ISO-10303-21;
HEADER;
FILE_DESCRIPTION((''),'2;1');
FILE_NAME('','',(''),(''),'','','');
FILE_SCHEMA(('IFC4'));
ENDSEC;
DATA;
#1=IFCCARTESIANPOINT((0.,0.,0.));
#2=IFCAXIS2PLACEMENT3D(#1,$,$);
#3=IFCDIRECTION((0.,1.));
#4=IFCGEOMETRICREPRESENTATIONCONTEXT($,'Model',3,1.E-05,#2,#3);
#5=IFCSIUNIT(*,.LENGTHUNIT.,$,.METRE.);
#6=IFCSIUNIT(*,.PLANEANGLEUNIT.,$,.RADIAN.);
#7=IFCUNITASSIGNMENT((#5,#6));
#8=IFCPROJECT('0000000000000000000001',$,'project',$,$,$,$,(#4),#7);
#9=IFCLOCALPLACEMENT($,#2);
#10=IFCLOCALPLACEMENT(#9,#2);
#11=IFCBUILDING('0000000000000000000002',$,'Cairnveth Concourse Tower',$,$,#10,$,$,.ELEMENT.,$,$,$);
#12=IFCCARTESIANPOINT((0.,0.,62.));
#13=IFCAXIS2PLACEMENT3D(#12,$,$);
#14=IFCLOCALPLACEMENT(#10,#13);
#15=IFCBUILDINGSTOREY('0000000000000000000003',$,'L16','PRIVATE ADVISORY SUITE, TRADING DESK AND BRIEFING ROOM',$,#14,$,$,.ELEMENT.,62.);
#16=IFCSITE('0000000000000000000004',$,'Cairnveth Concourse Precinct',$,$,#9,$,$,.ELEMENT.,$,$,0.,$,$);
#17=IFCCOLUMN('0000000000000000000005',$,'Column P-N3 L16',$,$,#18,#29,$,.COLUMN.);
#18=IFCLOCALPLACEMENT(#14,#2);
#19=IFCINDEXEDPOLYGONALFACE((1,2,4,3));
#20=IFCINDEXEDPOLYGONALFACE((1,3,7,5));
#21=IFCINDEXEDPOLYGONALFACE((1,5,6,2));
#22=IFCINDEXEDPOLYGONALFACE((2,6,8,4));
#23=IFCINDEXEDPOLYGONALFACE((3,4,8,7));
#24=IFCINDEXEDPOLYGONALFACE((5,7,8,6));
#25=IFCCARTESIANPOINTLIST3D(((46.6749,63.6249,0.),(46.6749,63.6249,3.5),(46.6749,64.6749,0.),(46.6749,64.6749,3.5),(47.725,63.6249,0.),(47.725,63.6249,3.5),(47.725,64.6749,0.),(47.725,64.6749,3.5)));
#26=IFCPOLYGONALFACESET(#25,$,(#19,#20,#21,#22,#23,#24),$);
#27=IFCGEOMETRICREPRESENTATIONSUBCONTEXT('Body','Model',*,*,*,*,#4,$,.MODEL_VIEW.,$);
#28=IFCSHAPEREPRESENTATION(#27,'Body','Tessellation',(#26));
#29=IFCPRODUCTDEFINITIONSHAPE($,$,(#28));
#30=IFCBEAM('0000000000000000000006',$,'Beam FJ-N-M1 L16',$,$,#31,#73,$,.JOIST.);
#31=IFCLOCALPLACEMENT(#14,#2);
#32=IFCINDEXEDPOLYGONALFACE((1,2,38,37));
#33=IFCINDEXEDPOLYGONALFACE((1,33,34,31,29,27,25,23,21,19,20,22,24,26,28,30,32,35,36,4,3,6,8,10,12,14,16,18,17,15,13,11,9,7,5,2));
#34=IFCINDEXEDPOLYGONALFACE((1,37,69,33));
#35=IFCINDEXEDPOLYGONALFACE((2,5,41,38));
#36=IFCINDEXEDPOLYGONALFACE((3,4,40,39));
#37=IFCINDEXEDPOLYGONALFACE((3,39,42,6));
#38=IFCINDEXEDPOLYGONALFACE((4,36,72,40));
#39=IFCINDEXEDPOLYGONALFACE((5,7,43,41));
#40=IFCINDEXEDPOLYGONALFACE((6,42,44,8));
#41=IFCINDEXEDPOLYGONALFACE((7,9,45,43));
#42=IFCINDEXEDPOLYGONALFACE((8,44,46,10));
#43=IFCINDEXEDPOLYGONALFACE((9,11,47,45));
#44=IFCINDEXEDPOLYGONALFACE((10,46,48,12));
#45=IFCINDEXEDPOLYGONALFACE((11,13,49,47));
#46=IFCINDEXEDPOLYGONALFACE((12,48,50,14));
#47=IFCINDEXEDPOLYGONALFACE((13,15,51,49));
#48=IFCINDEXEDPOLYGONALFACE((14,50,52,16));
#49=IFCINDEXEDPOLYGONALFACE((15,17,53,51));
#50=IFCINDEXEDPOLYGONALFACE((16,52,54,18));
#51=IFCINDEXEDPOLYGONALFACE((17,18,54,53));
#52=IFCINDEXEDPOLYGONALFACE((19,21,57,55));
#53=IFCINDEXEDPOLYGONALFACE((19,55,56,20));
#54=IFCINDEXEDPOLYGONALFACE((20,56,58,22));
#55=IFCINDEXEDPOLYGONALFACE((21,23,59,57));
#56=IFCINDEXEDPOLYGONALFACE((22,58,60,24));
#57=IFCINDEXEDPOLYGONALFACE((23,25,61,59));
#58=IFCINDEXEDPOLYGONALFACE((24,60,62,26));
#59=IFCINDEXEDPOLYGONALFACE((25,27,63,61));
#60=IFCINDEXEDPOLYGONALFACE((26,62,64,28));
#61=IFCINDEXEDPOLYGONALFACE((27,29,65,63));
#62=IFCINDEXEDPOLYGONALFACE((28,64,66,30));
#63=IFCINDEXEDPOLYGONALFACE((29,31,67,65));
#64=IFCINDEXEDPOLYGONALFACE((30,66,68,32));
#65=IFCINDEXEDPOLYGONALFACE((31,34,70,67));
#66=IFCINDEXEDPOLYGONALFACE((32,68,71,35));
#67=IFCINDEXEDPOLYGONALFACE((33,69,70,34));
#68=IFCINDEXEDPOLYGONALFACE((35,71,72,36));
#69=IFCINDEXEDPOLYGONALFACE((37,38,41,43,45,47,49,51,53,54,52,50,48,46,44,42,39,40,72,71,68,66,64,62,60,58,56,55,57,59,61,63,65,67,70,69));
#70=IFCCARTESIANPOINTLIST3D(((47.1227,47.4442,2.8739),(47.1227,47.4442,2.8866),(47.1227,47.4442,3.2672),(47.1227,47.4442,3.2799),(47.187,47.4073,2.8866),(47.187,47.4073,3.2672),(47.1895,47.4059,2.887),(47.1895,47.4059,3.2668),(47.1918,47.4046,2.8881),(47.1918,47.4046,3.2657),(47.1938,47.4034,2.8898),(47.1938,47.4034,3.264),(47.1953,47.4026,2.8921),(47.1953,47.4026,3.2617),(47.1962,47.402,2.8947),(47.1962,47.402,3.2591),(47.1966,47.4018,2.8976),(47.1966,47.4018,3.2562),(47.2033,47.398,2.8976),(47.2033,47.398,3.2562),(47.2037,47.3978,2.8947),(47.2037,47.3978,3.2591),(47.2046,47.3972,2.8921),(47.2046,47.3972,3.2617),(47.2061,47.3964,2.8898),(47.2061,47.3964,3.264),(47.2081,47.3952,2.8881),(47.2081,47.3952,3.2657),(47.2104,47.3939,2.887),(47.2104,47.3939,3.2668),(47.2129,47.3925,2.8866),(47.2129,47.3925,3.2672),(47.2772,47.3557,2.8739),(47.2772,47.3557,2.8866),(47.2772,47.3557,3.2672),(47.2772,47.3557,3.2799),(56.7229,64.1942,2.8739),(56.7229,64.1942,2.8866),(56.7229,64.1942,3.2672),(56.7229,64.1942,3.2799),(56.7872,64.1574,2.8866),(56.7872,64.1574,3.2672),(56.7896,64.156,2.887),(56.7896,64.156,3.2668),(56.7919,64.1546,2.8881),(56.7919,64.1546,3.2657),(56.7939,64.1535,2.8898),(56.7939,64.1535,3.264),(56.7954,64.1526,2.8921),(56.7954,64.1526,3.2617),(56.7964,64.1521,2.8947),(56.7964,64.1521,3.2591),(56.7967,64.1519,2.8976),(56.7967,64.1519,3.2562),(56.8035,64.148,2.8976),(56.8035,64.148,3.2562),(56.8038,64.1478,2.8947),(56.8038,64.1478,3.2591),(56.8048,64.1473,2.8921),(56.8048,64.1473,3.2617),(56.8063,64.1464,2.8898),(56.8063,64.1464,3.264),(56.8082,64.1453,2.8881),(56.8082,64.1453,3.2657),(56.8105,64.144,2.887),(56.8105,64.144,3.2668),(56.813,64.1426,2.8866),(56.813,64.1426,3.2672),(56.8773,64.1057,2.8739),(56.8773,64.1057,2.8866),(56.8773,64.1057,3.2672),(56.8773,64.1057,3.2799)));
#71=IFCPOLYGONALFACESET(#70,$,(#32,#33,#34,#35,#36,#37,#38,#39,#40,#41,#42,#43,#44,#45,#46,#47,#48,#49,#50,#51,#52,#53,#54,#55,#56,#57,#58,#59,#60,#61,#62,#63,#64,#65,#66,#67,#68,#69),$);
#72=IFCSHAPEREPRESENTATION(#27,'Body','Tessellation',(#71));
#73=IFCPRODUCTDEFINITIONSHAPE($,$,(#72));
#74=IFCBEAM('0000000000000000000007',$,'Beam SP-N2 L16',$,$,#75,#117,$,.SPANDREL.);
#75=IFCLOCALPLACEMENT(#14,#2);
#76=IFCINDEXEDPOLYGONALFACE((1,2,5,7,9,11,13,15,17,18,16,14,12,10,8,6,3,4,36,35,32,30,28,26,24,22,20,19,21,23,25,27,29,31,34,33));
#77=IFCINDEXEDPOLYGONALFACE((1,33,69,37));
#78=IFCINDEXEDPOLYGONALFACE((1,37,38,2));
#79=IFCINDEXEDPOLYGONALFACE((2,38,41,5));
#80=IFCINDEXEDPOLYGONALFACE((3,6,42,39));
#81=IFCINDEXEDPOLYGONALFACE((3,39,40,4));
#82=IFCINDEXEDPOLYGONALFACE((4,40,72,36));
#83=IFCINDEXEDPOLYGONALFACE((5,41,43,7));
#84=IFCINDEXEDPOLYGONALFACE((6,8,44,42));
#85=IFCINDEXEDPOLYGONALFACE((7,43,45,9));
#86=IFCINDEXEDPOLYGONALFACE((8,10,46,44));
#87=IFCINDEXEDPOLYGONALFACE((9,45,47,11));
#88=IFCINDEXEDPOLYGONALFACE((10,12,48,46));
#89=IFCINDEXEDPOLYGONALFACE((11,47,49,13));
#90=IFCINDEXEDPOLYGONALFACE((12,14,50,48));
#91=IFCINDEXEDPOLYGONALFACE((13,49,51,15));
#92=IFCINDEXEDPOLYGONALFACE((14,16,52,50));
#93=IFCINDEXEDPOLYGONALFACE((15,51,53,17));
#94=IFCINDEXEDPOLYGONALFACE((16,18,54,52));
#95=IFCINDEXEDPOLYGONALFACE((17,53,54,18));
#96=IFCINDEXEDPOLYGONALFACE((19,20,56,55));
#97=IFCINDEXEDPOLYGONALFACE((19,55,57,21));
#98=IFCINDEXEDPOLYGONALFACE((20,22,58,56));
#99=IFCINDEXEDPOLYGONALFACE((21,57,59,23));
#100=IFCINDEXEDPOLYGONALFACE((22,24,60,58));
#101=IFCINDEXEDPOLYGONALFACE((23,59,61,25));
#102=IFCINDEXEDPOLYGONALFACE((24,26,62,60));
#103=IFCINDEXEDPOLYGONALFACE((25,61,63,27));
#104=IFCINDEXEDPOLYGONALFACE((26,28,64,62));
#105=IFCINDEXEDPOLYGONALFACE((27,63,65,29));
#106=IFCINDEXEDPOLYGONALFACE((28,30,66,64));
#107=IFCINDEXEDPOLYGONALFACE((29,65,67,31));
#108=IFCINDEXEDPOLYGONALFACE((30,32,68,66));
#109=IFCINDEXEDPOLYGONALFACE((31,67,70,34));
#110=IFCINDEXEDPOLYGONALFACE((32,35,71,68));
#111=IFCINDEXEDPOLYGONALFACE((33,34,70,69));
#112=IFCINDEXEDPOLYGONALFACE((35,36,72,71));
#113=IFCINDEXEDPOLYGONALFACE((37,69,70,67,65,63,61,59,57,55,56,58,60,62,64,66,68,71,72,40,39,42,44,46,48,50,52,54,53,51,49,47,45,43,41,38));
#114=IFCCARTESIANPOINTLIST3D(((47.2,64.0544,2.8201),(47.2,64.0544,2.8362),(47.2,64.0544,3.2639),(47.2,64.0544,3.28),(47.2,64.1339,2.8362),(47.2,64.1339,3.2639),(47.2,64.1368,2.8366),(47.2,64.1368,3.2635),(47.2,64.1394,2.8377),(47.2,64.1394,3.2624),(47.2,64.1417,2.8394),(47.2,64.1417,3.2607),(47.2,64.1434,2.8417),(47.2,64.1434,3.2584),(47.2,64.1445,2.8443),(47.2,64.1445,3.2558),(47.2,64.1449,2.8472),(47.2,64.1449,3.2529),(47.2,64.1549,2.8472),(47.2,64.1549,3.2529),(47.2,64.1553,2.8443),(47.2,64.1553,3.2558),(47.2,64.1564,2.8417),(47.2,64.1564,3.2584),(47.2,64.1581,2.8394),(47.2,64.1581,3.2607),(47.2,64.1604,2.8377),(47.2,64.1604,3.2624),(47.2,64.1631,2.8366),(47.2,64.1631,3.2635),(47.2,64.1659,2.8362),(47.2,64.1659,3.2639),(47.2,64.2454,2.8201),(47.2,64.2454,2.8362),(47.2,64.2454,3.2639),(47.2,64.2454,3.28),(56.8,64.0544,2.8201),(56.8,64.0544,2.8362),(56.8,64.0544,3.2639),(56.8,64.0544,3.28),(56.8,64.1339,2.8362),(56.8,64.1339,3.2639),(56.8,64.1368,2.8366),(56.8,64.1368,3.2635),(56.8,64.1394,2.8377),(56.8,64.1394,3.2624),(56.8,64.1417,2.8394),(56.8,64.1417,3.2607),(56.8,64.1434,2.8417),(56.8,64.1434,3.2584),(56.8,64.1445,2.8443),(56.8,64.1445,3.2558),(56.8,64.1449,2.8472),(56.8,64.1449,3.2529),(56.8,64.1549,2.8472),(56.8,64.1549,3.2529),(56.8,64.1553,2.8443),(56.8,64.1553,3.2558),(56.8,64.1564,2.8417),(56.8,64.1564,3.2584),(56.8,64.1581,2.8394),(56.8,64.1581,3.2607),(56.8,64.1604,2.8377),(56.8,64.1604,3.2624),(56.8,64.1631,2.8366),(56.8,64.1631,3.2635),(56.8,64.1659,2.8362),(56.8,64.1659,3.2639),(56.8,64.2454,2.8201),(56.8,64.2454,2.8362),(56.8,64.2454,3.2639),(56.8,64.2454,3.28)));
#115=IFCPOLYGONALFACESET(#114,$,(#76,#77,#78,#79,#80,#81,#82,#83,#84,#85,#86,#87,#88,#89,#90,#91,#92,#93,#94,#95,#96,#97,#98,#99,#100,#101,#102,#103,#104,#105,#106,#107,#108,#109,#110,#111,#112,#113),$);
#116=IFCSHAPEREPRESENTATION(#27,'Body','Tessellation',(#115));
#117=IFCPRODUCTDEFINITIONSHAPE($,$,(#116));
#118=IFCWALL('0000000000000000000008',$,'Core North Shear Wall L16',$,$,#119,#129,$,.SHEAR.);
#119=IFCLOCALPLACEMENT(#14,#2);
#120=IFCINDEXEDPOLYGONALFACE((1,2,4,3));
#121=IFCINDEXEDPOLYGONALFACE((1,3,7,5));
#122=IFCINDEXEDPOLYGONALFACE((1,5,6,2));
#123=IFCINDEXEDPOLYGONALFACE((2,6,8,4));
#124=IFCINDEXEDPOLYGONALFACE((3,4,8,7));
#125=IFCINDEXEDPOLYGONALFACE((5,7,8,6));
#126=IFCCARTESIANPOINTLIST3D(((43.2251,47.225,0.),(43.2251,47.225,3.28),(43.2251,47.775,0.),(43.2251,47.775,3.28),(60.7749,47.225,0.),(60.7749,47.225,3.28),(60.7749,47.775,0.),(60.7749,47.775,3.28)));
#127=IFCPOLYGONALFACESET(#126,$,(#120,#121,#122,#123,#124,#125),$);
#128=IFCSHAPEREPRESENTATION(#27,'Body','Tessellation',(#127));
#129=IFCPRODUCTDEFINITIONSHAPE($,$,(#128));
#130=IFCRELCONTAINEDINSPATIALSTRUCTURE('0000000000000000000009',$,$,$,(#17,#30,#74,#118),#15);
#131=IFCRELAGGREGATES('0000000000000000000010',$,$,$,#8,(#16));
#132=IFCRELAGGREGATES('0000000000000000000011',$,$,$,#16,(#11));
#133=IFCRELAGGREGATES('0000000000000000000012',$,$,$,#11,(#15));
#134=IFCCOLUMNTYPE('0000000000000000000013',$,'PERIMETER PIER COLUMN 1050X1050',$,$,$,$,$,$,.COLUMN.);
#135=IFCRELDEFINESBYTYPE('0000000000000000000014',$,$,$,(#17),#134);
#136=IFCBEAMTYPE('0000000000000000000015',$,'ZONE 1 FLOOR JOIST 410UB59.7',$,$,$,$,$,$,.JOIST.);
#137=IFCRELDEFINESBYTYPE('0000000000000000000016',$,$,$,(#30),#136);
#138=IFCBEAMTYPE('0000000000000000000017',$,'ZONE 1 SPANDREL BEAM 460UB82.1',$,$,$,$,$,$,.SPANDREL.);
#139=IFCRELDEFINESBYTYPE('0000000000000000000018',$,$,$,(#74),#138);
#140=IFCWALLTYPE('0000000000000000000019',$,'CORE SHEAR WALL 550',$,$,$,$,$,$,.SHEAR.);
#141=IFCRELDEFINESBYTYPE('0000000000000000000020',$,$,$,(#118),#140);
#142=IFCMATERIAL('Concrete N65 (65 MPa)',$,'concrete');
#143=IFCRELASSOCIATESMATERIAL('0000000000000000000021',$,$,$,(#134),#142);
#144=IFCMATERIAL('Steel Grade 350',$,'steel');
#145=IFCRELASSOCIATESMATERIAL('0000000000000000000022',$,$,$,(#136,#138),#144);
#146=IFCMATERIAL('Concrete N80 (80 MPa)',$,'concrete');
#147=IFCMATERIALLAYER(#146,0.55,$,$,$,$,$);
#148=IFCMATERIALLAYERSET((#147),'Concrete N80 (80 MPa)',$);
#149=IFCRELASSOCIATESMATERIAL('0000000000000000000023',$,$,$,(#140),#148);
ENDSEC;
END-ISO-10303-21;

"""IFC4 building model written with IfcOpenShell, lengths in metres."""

from ifc_helpers import new_model, si_unit, direction, frame, frame_2d, origin, origin_2d, place, context, subcontext, project, spatial, rectangle, i_section, extrude, material, layer, layer_set, material_profile, profile_set, type_object, element, save


model = new_model("IFC4")

# Units and contexts
model_context = context("Model", 3, precision=1e-05, world=origin(), true_north=direction((0.0, 1.0)))
body_context = subcontext(model_context, "Body", "Model", "MODEL_VIEW")
ifc_project = project(units=[si_unit("LENGTHUNIT", "METRE"), si_unit("PLANEANGLEUNIT", "RADIAN")], contexts=[model_context])

# Site, building, storey
site_placement = place(None, origin())
site = spatial("IfcSite", under=ifc_project, at=site_placement, Name="Cairnveth Concourse Precinct", CompositionType="ELEMENT", RefElevation=0.0)
building_placement = place(site_placement, origin())
building = spatial("IfcBuilding", under=site, at=building_placement, Name="Cairnveth Concourse Tower", CompositionType="ELEMENT")
storey_placement = place(building_placement, frame((0.0, 0.0, 62.0)))
storey = spatial("IfcBuildingStorey", under=building, at=storey_placement, Name="L16", Description="PRIVATE ADVISORY SUITE, TRADING DESK AND BRIEFING ROOM", CompositionType="ELEMENT", Elevation=62.0)

# Column
ifc_material_1 = material(Name="Concrete N65 (65 MPa)", Category="concrete")
ifc_material_profile_1 = material_profile(ifc_material_1, rectangle(XDim=1.05, YDim=1.05, at=origin_2d()), Name="RC-COL-1050x1050")
ifc_profile_set_1 = profile_set([ifc_material_profile_1], Name="Concrete N65 (65 MPa)")
column_type = type_object("IfcColumnType", Name="PERIMETER PIER COLUMN 1050X1050", PredefinedType="COLUMN", material=ifc_profile_set_1)
column_placement = place(storey_placement, frame((47.2, 64.1499, 0.0), z_axis=(0.0, 0.0, 1.0), x_axis=(1.0, 0.0, 0.0)))
element("IfcColumn", 1, at=column_placement, inside=storey, type_object=column_type, Name="Column P-N3 L16", PredefinedType="COLUMN", context=body_context, shape_type="SweptSolid", body=[
    extrude(rectangle(XDim=1.05, YDim=1.05, at=origin_2d()), origin(), (0.0, 0.0, 1.0), 3.5),
])

# Beams
ifc_material_2 = material(Name="Steel Grade 350", Category="steel")
ifc_material_profile_2 = material_profile(ifc_material_2, i_section(OverallWidth=0.178, OverallDepth=0.406, WebThickness=0.0078, FlangeThickness=0.0127, FilletRadius=0.011, at=origin_2d()), Name="410UB59.7")
ifc_profile_set_2 = profile_set([ifc_material_profile_2], Name="Steel Grade 350")
beam_type_1 = type_object("IfcBeamType", Name="ZONE 1 FLOOR JOIST 410UB59.7", PredefinedType="JOIST", material=ifc_profile_set_2)
beam_1_placement = place(storey_placement, frame((47.2, 47.3999, 3.0769), z_axis=(0.497258, 0.867603, 0.0), x_axis=(-0.867603, 0.497258, 0.0)))
element("IfcBeam", 2, at=beam_1_placement, inside=storey, type_object=beam_type_1, Name="Beam FJ-N-M1 L16", PredefinedType="JOIST", context=body_context, shape_type="SweptSolid", body=[
    extrude(i_section(OverallWidth=0.178, OverallDepth=0.406, WebThickness=0.0078, FlangeThickness=0.0127, FilletRadius=0.011, at=origin_2d()), origin(), (0.0, 0.0, 1.0), 19.3062),
])
ifc_material_profile_3 = material_profile(ifc_material_2, i_section(OverallWidth=0.1909, OverallDepth=0.46, WebThickness=0.01, FlangeThickness=0.0161, FilletRadius=0.011, at=origin_2d()), Name="460UB82.1")
ifc_profile_set_3 = profile_set([ifc_material_profile_3], Name="Steel Grade 350")
beam_type_2 = type_object("IfcBeamType", Name="ZONE 1 SPANDREL BEAM 460UB82.1", PredefinedType="SPANDREL", material=ifc_profile_set_3)
beam_2_placement = place(storey_placement, frame((47.2, 64.1499, 3.05), z_axis=(1.0, 0.0, 0.0), x_axis=(0.0, 1.0, 0.0)))
element("IfcBeam", 3, at=beam_2_placement, inside=storey, type_object=beam_type_2, Name="Beam SP-N2 L16", PredefinedType="SPANDREL", context=body_context, shape_type="SweptSolid", body=[
    extrude(i_section(OverallWidth=0.1909, OverallDepth=0.46, WebThickness=0.01, FlangeThickness=0.0161, FilletRadius=0.011, at=origin_2d()), origin(), (0.0, 0.0, 1.0), 9.6001),
])

# Wall
ifc_material_3 = material(Name="Concrete N80 (80 MPa)", Category="concrete")
ifc_layer_1 = layer(ifc_material_3, 0.55)
ifc_layer_set_1 = layer_set([ifc_layer_1], Name="Concrete N80 (80 MPa)")
wall_type_1 = type_object("IfcWallType", Name="CORE SHEAR WALL 550", PredefinedType="SHEAR", material=ifc_layer_set_1)
wall_1_placement = place(storey_placement, frame((43.2251, 47.5, 0.0), z_axis=(0.0, 0.0, 1.0), x_axis=(1.0, 0.0, 0.0)))
element("IfcWall", 4, at=wall_1_placement, inside=storey, type_object=wall_type_1, Name="Core North Shear Wall L16", PredefinedType="SHEAR", context=body_context, shape_type="SweptSolid", body=[
    extrude(rectangle(XDim=17.5498, YDim=0.55, at=frame_2d((8.7749, 0.0))), origin(), (0.0, 0.0, 1.0), 3.28),
])

save(model, "model.ifc")
